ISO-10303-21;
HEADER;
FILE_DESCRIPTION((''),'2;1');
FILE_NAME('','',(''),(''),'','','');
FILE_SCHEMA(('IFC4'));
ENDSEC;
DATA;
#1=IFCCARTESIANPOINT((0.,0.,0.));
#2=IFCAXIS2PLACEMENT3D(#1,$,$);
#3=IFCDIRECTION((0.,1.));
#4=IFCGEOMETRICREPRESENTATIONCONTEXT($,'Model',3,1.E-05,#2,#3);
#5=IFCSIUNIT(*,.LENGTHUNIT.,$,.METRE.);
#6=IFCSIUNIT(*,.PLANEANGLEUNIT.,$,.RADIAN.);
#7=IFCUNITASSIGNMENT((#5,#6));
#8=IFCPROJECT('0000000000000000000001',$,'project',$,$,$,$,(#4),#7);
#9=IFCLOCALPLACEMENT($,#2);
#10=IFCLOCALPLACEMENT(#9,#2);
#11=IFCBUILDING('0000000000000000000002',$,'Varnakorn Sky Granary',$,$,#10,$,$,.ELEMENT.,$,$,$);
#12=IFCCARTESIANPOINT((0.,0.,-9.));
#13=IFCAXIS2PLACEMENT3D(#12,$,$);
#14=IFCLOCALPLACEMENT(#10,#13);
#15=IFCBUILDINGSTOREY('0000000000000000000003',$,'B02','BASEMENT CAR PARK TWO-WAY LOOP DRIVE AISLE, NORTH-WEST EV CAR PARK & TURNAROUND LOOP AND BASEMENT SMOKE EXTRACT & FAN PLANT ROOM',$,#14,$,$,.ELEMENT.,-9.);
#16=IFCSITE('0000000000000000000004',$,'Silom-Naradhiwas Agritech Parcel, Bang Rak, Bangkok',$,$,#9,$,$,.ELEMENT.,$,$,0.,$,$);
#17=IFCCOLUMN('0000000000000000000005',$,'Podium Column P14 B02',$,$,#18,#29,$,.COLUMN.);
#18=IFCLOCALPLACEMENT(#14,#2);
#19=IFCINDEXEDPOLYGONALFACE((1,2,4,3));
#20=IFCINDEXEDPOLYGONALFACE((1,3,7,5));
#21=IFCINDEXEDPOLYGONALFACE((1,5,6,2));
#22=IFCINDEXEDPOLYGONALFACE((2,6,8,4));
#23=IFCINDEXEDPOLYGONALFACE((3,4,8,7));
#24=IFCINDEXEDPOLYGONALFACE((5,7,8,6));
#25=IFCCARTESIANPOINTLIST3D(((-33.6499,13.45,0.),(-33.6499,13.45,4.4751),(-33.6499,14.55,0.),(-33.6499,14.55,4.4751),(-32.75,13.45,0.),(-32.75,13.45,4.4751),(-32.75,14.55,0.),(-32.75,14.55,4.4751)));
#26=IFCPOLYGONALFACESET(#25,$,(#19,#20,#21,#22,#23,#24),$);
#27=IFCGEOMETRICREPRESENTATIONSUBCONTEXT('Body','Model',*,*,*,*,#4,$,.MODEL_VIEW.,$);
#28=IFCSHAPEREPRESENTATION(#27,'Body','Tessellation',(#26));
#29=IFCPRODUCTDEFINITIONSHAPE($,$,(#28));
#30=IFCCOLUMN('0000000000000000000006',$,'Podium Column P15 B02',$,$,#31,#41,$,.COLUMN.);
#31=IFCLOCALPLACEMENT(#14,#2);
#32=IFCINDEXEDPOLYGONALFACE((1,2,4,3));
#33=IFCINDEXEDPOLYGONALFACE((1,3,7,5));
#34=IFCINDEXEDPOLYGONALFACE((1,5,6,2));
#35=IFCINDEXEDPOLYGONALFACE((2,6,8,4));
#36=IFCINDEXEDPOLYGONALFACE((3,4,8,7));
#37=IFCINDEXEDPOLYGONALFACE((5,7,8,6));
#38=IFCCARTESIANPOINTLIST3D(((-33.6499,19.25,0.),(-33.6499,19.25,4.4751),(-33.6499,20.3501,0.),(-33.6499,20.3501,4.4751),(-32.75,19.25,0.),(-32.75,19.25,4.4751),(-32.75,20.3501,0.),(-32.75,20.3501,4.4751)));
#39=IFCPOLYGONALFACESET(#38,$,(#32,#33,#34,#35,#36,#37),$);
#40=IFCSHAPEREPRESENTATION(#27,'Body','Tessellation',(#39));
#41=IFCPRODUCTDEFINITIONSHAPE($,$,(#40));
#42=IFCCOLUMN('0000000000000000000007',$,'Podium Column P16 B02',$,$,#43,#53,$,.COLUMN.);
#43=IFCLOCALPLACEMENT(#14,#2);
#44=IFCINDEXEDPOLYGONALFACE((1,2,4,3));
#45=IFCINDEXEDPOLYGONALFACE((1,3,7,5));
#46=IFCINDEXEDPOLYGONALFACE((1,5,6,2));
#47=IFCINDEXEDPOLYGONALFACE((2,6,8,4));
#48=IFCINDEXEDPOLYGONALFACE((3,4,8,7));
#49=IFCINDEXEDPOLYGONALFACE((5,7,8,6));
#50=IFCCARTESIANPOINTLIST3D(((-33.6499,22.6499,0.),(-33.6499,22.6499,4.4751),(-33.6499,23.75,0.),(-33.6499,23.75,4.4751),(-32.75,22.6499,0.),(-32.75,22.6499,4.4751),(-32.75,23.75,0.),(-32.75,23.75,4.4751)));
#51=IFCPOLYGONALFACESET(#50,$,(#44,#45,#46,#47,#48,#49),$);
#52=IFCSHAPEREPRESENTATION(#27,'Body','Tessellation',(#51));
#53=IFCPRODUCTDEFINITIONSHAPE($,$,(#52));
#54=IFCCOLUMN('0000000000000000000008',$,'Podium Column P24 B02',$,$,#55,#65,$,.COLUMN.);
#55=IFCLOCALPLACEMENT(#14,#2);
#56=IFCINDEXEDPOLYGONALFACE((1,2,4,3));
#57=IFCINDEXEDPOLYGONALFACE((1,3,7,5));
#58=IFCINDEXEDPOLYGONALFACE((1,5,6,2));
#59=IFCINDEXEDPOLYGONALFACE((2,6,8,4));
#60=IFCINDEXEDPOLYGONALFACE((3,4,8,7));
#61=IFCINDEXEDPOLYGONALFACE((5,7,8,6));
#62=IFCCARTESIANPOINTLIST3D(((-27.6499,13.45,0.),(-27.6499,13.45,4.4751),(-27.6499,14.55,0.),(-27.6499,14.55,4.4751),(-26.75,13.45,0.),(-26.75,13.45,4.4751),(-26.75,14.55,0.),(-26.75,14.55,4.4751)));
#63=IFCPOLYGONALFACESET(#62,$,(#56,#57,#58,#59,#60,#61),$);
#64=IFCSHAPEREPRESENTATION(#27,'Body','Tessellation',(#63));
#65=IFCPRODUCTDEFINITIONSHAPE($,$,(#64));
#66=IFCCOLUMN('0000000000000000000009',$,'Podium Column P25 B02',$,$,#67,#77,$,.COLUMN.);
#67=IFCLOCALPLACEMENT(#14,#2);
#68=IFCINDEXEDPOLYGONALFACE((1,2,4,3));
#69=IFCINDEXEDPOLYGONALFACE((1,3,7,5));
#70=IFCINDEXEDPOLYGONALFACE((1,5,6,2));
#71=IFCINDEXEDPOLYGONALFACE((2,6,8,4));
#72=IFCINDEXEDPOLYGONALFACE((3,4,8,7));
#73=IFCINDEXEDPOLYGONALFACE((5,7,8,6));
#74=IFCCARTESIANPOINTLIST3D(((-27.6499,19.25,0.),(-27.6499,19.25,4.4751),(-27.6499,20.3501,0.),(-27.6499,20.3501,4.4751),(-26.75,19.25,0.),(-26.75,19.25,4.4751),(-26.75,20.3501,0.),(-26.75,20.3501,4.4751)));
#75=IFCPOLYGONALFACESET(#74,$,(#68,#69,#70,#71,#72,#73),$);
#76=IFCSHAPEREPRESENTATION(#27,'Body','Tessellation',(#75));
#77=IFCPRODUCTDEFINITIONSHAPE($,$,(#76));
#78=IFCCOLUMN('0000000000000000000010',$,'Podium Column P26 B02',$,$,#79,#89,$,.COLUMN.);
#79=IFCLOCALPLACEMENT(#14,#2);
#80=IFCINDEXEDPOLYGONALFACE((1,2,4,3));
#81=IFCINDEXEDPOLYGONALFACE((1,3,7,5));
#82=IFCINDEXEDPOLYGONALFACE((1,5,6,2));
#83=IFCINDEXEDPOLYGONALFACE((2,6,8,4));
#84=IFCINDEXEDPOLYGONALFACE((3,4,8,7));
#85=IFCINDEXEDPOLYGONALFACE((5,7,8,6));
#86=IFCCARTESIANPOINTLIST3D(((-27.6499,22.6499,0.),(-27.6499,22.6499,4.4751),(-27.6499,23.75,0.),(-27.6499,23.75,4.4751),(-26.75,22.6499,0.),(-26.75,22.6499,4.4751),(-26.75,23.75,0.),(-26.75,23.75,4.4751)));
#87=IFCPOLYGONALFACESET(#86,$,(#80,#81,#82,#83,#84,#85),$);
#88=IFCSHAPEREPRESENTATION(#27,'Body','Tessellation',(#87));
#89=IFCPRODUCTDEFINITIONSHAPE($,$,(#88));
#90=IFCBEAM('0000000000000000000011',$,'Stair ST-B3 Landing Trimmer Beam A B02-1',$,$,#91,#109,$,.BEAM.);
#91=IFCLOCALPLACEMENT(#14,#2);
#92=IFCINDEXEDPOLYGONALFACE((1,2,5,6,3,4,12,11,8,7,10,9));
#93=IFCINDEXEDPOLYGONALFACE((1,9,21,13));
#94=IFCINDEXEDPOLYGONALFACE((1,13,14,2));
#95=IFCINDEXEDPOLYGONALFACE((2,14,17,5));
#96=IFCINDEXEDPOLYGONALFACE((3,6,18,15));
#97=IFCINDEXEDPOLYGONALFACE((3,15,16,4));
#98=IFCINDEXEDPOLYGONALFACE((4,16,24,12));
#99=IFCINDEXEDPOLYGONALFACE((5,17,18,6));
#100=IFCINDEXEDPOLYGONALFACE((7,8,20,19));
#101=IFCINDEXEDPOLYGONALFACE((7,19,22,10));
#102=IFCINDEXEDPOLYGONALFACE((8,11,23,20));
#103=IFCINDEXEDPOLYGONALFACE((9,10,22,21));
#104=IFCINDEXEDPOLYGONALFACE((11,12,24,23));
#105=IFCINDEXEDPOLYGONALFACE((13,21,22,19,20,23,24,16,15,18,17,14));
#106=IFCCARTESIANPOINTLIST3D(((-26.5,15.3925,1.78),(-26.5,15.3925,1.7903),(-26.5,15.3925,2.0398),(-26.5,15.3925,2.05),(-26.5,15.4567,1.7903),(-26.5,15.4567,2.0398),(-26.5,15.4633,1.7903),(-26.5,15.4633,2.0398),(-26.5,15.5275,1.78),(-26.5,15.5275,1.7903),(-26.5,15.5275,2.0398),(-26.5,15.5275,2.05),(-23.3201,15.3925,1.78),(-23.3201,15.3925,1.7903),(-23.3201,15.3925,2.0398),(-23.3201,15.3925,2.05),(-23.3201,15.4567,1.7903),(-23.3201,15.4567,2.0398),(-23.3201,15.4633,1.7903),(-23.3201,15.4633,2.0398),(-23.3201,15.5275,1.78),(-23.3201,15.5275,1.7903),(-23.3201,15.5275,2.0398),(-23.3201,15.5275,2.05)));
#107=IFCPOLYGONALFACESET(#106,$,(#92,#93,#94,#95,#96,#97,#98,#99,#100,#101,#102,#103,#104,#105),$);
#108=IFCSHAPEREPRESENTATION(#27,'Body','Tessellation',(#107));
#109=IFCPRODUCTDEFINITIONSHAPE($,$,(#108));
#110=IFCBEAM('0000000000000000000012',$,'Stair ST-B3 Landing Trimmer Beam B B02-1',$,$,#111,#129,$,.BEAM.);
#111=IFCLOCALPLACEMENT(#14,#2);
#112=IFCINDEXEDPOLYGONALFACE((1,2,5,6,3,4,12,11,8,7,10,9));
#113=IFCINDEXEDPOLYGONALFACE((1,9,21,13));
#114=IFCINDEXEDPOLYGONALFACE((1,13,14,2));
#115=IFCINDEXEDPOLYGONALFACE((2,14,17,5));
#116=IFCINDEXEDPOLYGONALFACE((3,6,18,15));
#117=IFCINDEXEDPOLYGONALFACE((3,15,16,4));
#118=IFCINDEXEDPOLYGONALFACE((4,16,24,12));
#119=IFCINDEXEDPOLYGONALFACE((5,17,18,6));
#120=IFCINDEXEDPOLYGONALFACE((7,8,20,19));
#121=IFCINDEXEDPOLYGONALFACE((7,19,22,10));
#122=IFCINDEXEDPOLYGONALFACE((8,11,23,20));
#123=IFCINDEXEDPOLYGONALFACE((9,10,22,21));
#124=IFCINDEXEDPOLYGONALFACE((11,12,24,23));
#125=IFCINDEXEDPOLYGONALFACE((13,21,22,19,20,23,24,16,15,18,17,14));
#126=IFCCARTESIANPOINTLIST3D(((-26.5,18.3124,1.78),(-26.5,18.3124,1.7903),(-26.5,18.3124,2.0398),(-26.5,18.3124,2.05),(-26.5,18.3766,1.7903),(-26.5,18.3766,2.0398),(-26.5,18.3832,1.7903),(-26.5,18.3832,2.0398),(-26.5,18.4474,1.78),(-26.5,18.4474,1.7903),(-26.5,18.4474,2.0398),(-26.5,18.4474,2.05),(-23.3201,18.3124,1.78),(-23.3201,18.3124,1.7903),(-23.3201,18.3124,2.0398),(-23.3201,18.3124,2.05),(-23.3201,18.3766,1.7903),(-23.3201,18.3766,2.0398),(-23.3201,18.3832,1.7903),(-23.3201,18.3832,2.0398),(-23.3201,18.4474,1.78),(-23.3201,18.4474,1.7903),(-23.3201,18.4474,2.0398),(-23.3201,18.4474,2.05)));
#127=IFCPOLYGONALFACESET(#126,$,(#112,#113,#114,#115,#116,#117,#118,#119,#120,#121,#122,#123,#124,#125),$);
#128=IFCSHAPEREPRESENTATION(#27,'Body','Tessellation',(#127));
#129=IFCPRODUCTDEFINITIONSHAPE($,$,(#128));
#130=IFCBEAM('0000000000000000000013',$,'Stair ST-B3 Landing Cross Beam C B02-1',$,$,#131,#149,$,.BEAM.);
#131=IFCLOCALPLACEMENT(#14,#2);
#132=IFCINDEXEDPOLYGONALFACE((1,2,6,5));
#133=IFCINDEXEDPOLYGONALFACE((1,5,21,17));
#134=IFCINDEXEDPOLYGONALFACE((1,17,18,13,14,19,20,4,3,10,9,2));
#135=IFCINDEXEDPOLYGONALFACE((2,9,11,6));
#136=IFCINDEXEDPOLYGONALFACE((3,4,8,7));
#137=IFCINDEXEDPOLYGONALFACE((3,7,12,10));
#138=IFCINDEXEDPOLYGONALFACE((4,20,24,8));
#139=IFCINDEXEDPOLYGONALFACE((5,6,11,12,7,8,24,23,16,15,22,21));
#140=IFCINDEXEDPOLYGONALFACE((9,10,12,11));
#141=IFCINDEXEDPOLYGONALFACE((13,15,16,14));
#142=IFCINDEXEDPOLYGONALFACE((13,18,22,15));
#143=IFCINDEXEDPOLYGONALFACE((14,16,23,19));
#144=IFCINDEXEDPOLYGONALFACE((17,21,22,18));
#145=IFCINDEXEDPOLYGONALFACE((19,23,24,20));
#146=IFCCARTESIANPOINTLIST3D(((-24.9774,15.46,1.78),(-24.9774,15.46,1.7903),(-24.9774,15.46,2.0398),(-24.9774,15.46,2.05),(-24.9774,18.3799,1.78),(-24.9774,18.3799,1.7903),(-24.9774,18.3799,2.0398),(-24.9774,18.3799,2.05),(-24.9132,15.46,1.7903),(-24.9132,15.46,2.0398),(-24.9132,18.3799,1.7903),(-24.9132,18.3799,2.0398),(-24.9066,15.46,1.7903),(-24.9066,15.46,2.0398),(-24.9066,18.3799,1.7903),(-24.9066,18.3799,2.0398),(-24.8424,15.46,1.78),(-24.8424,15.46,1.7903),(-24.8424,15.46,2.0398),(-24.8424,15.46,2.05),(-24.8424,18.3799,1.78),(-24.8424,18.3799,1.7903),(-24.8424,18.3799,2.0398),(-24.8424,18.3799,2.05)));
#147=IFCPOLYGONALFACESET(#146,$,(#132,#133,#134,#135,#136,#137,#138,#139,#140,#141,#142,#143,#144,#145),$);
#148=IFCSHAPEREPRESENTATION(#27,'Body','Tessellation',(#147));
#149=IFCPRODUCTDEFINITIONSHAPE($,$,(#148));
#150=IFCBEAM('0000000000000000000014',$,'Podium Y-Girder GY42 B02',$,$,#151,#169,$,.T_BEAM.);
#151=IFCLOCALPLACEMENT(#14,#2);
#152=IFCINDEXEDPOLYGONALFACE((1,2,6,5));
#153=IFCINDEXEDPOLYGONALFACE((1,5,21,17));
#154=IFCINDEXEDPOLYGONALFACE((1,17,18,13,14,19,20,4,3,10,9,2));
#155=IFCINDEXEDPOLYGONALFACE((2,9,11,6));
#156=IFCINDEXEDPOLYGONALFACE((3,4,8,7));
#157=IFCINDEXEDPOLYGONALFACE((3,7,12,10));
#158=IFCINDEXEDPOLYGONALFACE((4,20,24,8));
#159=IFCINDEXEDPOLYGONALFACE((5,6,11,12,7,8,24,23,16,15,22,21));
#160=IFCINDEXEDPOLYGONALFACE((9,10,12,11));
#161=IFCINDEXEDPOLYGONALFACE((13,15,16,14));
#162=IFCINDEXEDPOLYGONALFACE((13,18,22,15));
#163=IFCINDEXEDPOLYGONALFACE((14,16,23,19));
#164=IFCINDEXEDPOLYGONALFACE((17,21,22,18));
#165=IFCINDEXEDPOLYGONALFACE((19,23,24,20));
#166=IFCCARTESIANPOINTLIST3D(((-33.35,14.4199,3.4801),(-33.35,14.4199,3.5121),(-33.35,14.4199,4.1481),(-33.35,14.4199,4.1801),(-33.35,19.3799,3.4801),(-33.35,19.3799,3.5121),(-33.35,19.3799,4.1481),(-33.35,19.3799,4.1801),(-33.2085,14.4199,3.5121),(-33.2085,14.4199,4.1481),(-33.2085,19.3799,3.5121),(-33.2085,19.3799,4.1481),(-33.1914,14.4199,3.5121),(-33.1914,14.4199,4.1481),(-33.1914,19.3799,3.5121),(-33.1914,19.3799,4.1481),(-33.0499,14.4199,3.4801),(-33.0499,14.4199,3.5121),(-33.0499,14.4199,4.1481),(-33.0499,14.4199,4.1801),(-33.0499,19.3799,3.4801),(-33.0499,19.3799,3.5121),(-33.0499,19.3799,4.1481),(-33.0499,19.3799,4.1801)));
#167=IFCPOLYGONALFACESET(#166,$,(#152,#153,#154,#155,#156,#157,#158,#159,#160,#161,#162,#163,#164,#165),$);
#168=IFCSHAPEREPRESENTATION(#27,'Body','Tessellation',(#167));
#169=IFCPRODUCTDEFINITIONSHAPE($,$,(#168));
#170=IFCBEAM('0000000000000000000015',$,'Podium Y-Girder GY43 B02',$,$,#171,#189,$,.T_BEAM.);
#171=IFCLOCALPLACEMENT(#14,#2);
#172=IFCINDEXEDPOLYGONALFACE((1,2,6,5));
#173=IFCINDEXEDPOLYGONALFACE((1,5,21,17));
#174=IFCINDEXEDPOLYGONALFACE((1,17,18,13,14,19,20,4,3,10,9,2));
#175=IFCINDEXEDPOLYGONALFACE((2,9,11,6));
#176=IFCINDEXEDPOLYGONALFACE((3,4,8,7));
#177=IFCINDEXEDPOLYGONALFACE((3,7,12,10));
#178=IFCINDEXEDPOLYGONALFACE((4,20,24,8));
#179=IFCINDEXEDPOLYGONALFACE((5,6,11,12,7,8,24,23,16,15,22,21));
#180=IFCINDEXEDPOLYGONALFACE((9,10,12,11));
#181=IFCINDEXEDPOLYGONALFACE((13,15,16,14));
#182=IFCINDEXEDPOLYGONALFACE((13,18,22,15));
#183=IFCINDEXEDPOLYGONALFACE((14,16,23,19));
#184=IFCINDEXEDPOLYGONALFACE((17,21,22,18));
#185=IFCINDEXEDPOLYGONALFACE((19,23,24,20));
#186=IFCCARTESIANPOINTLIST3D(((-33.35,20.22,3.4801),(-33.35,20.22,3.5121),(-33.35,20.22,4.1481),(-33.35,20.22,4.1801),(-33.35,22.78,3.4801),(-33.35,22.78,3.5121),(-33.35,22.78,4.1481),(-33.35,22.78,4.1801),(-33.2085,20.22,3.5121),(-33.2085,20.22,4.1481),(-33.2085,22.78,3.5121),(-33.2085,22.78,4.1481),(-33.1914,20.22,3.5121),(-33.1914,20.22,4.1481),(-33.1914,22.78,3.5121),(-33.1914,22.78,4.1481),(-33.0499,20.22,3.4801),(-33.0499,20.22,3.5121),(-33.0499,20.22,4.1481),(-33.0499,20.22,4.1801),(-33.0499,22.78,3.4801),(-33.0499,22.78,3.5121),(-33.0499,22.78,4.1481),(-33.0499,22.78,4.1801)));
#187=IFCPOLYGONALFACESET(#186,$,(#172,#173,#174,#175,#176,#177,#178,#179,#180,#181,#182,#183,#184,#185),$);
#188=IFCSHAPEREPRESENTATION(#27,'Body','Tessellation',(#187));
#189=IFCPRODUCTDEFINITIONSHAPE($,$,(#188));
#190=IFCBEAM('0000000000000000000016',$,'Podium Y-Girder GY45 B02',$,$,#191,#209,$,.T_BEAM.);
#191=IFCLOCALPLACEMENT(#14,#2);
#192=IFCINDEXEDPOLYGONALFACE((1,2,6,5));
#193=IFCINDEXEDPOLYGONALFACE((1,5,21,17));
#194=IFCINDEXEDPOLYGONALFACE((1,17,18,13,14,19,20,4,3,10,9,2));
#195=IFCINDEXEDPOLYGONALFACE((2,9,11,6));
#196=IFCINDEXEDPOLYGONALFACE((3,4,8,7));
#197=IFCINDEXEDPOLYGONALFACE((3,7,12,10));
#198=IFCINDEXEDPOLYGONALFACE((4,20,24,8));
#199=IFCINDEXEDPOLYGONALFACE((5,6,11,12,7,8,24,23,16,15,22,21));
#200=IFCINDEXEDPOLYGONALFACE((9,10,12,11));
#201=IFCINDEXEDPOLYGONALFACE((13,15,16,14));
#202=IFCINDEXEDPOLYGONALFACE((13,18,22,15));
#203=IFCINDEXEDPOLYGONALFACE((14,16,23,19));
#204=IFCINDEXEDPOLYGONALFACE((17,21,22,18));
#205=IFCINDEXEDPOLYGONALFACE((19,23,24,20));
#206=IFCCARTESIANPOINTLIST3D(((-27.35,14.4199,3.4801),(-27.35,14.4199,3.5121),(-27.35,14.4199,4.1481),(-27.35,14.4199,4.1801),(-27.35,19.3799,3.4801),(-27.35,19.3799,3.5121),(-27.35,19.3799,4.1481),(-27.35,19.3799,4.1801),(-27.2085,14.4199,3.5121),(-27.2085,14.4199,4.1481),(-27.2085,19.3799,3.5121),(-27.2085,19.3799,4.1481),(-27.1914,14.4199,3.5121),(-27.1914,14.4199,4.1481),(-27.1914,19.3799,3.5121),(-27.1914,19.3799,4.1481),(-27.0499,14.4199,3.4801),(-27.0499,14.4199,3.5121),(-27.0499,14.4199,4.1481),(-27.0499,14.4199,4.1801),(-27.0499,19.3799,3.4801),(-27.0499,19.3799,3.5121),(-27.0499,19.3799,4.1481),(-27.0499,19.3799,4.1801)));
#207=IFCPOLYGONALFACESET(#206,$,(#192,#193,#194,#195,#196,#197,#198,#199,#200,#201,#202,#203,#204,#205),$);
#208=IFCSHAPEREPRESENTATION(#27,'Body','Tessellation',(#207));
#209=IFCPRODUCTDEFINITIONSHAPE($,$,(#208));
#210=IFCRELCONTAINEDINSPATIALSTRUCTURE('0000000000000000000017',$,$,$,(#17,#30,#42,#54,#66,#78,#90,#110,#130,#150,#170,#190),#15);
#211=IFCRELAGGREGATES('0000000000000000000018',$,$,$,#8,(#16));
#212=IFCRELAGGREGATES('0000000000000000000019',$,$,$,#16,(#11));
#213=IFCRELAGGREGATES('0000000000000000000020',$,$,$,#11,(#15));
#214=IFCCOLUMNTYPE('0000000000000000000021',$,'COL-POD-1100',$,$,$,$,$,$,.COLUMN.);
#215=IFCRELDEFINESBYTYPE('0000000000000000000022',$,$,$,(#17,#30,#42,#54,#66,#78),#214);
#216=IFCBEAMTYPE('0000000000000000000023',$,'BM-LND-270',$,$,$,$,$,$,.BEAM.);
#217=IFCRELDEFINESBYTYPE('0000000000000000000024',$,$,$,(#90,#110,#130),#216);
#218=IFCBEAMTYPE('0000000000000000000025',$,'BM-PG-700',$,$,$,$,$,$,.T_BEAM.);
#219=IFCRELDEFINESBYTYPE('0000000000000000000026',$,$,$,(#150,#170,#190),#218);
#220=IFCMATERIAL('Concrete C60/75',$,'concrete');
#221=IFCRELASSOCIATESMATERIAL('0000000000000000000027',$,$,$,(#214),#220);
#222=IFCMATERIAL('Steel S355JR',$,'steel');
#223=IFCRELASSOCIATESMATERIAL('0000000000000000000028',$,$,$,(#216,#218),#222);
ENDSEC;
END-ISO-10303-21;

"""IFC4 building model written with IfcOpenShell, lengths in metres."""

from ifc_helpers import new_model, si_unit, direction, frame, origin, origin_2d, place, context, subcontext, project, spatial, rectangle, i_section, extrude, material, material_profile, profile_set, type_object, element, save


model = new_model("IFC4")

# Units and contexts
model_context = context("Model", 3, precision=1e-05, world=origin(), true_north=direction((0.0, 1.0)))
body_context = subcontext(model_context, "Body", "Model", "MODEL_VIEW")
ifc_project = project(units=[si_unit("LENGTHUNIT", "METRE"), si_unit("PLANEANGLEUNIT", "RADIAN")], contexts=[model_context])

# Site, building, storey
site_placement = place(None, origin())
site = spatial("IfcSite", under=ifc_project, at=site_placement, Name="Silom-Naradhiwas Agritech Parcel, Bang Rak, Bangkok", CompositionType="ELEMENT", RefElevation=0.0)
building_placement = place(site_placement, origin())
building = spatial("IfcBuilding", under=site, at=building_placement, Name="Varnakorn Sky Granary", CompositionType="ELEMENT")
storey_placement = place(building_placement, frame((0.0, 0.0, -9.0)))
storey = spatial("IfcBuildingStorey", under=building, at=storey_placement, Name="B02", Description="BASEMENT CAR PARK TWO-WAY LOOP DRIVE AISLE, NORTH-WEST EV CAR PARK & TURNAROUND LOOP AND BASEMENT SMOKE EXTRACT & FAN PLANT ROOM", CompositionType="ELEMENT", Elevation=-9.0)

# Columns
ifc_material_1 = material(Name="Concrete C60/75", Category="concrete")
ifc_material_profile_1 = material_profile(ifc_material_1, rectangle(XDim=0.8999, YDim=1.1001, at=origin_2d()), Name="RC 900x1100")
ifc_profile_set_1 = profile_set([ifc_material_profile_1], Name="Concrete C60/75")
column_type = type_object("IfcColumnType", Name="COL-POD-1100", PredefinedType="COLUMN", material=ifc_profile_set_1)
for number, where, z_axis, x_axis, name in (
    (1, (-33.2, 14.0, 0.0), (0.0, 0.0, 1.0), (1.0, 0.0, 0.0), "Podium Column P14 B02"),
    (2, (-33.2, 19.8, 0.0), (0.0, 0.0, 1.0), (1.0, 0.0, 0.0), "Podium Column P15 B02"),
    (3, (-33.2, 23.2, 0.0), (0.0, 0.0, 1.0), (1.0, 0.0, 0.0), "Podium Column P16 B02"),
    (4, (-27.2, 14.0, 0.0), (0.0, 0.0, 1.0), (1.0, 0.0, 0.0), "Podium Column P24 B02"),
    (5, (-27.2, 19.8, 0.0), (0.0, 0.0, 1.0), (1.0, 0.0, 0.0), "Podium Column P25 B02"),
    (6, (-27.2, 23.2, 0.0), (0.0, 0.0, 1.0), (1.0, 0.0, 0.0), "Podium Column P26 B02"),
):
    element("IfcColumn", number, at=place(storey_placement, frame(where, z_axis=z_axis, x_axis=x_axis)), inside=storey, type_object=column_type, Name=name, PredefinedType="COLUMN", context=body_context, shape_type="SweptSolid", body=[
        extrude(rectangle(XDim=0.8999, YDim=1.1001, at=origin_2d()), origin(), (0.0, 0.0, 1.0), 4.4751),
    ])

# Beams
ifc_material_2 = material(Name="Steel S355JR", Category="steel")
ifc_material_profile_2 = material_profile(ifc_material_2, i_section(OverallWidth=0.135, OverallDepth=0.27, WebThickness=0.0066, FlangeThickness=0.0103, at=origin_2d()), Name="IPE 270")
ifc_profile_set_2 = profile_set([ifc_material_profile_2], Name="Steel S355JR")
beam_type_1 = type_object("IfcBeamType", Name="BM-LND-270", PredefinedType="BEAM", material=ifc_profile_set_2)
for number, where, z_axis, x_axis, name in (
    (7, (-26.5, 15.46, 1.915), (1.0, 0.0, 0.0), (0.0, 1.0, 0.0), "Stair ST-B3 Landing Trimmer Beam A B02-1"),
    (8, (-26.5, 18.3799, 1.915), (1.0, 0.0, 0.0), (0.0, 1.0, 0.0), "Stair ST-B3 Landing Trimmer Beam B B02-1"),
):
    element("IfcBeam", number, at=place(storey_placement, frame(where, z_axis=z_axis, x_axis=x_axis)), inside=storey, type_object=beam_type_1, Name=name, PredefinedType="BEAM", context=body_context, shape_type="SweptSolid", body=[
        extrude(i_section(OverallWidth=0.135, OverallDepth=0.27, WebThickness=0.0066, FlangeThickness=0.0103, at=origin_2d()), origin(), (0.0, 0.0, 1.0), 3.1799),
    ])
beam_1_placement = place(storey_placement, frame((-24.9099, 15.46, 1.915), z_axis=(0.0, 1.0, 0.0), x_axis=(-1.0, 0.0, 0.0)))
element("IfcBeam", 9, at=beam_1_placement, inside=storey, type_object=beam_type_1, Name="Stair ST-B3 Landing Cross Beam C B02-1", PredefinedType="BEAM", context=body_context, shape_type="SweptSolid", body=[
    extrude(i_section(OverallWidth=0.135, OverallDepth=0.27, WebThickness=0.0066, FlangeThickness=0.0103, at=origin_2d()), origin(), (0.0, 0.0, 1.0), 2.9199),
])
ifc_material_profile_3 = material_profile(ifc_material_2, i_section(OverallWidth=0.3, OverallDepth=0.7, WebThickness=0.0171, FlangeThickness=0.032, at=origin_2d()), Name="HE 700 B")
ifc_profile_set_3 = profile_set([ifc_material_profile_3], Name="Steel S355JR")
beam_type_2 = type_object("IfcBeamType", Name="BM-PG-700", PredefinedType="T_BEAM", material=ifc_profile_set_3)
beam_2_placement = place(storey_placement, frame((-33.2, 14.4199, 3.8301), z_axis=(0.0, 1.0, 0.0), x_axis=(-1.0, 0.0, 0.0)))
element("IfcBeam", 10, at=beam_2_placement, inside=storey, type_object=beam_type_2, Name="Podium Y-Girder GY42 B02", PredefinedType="T_BEAM", context=body_context, shape_type="SweptSolid", body=[
    extrude(i_section(OverallWidth=0.3, OverallDepth=0.7, WebThickness=0.0171, FlangeThickness=0.032, at=origin_2d()), origin(), (0.0, 0.0, 1.0), 4.96),
])
beam_3_placement = place(storey_placement, frame((-33.2, 20.22, 3.8301), z_axis=(0.0, 1.0, 0.0), x_axis=(-1.0, 0.0, 0.0)))
element("IfcBeam", 11, at=beam_3_placement, inside=storey, type_object=beam_type_2, Name="Podium Y-Girder GY43 B02", PredefinedType="T_BEAM", context=body_context, shape_type="SweptSolid", body=[
    extrude(i_section(OverallWidth=0.3, OverallDepth=0.7, WebThickness=0.0171, FlangeThickness=0.032, at=origin_2d()), origin(), (0.0, 0.0, 1.0), 2.5601),
])
beam_4_placement = place(storey_placement, frame((-27.2, 14.4199, 3.8301), z_axis=(0.0, 1.0, 0.0), x_axis=(-1.0, 0.0, 0.0)))
element("IfcBeam", 12, at=beam_4_placement, inside=storey, type_object=beam_type_2, Name="Podium Y-Girder GY45 B02", PredefinedType="T_BEAM", context=body_context, shape_type="SweptSolid", body=[
    extrude(i_section(OverallWidth=0.3, OverallDepth=0.7, WebThickness=0.0171, FlangeThickness=0.032, at=origin_2d()), origin(), (0.0, 0.0, 1.0), 4.96),
])

save(model, "model.ifc")
